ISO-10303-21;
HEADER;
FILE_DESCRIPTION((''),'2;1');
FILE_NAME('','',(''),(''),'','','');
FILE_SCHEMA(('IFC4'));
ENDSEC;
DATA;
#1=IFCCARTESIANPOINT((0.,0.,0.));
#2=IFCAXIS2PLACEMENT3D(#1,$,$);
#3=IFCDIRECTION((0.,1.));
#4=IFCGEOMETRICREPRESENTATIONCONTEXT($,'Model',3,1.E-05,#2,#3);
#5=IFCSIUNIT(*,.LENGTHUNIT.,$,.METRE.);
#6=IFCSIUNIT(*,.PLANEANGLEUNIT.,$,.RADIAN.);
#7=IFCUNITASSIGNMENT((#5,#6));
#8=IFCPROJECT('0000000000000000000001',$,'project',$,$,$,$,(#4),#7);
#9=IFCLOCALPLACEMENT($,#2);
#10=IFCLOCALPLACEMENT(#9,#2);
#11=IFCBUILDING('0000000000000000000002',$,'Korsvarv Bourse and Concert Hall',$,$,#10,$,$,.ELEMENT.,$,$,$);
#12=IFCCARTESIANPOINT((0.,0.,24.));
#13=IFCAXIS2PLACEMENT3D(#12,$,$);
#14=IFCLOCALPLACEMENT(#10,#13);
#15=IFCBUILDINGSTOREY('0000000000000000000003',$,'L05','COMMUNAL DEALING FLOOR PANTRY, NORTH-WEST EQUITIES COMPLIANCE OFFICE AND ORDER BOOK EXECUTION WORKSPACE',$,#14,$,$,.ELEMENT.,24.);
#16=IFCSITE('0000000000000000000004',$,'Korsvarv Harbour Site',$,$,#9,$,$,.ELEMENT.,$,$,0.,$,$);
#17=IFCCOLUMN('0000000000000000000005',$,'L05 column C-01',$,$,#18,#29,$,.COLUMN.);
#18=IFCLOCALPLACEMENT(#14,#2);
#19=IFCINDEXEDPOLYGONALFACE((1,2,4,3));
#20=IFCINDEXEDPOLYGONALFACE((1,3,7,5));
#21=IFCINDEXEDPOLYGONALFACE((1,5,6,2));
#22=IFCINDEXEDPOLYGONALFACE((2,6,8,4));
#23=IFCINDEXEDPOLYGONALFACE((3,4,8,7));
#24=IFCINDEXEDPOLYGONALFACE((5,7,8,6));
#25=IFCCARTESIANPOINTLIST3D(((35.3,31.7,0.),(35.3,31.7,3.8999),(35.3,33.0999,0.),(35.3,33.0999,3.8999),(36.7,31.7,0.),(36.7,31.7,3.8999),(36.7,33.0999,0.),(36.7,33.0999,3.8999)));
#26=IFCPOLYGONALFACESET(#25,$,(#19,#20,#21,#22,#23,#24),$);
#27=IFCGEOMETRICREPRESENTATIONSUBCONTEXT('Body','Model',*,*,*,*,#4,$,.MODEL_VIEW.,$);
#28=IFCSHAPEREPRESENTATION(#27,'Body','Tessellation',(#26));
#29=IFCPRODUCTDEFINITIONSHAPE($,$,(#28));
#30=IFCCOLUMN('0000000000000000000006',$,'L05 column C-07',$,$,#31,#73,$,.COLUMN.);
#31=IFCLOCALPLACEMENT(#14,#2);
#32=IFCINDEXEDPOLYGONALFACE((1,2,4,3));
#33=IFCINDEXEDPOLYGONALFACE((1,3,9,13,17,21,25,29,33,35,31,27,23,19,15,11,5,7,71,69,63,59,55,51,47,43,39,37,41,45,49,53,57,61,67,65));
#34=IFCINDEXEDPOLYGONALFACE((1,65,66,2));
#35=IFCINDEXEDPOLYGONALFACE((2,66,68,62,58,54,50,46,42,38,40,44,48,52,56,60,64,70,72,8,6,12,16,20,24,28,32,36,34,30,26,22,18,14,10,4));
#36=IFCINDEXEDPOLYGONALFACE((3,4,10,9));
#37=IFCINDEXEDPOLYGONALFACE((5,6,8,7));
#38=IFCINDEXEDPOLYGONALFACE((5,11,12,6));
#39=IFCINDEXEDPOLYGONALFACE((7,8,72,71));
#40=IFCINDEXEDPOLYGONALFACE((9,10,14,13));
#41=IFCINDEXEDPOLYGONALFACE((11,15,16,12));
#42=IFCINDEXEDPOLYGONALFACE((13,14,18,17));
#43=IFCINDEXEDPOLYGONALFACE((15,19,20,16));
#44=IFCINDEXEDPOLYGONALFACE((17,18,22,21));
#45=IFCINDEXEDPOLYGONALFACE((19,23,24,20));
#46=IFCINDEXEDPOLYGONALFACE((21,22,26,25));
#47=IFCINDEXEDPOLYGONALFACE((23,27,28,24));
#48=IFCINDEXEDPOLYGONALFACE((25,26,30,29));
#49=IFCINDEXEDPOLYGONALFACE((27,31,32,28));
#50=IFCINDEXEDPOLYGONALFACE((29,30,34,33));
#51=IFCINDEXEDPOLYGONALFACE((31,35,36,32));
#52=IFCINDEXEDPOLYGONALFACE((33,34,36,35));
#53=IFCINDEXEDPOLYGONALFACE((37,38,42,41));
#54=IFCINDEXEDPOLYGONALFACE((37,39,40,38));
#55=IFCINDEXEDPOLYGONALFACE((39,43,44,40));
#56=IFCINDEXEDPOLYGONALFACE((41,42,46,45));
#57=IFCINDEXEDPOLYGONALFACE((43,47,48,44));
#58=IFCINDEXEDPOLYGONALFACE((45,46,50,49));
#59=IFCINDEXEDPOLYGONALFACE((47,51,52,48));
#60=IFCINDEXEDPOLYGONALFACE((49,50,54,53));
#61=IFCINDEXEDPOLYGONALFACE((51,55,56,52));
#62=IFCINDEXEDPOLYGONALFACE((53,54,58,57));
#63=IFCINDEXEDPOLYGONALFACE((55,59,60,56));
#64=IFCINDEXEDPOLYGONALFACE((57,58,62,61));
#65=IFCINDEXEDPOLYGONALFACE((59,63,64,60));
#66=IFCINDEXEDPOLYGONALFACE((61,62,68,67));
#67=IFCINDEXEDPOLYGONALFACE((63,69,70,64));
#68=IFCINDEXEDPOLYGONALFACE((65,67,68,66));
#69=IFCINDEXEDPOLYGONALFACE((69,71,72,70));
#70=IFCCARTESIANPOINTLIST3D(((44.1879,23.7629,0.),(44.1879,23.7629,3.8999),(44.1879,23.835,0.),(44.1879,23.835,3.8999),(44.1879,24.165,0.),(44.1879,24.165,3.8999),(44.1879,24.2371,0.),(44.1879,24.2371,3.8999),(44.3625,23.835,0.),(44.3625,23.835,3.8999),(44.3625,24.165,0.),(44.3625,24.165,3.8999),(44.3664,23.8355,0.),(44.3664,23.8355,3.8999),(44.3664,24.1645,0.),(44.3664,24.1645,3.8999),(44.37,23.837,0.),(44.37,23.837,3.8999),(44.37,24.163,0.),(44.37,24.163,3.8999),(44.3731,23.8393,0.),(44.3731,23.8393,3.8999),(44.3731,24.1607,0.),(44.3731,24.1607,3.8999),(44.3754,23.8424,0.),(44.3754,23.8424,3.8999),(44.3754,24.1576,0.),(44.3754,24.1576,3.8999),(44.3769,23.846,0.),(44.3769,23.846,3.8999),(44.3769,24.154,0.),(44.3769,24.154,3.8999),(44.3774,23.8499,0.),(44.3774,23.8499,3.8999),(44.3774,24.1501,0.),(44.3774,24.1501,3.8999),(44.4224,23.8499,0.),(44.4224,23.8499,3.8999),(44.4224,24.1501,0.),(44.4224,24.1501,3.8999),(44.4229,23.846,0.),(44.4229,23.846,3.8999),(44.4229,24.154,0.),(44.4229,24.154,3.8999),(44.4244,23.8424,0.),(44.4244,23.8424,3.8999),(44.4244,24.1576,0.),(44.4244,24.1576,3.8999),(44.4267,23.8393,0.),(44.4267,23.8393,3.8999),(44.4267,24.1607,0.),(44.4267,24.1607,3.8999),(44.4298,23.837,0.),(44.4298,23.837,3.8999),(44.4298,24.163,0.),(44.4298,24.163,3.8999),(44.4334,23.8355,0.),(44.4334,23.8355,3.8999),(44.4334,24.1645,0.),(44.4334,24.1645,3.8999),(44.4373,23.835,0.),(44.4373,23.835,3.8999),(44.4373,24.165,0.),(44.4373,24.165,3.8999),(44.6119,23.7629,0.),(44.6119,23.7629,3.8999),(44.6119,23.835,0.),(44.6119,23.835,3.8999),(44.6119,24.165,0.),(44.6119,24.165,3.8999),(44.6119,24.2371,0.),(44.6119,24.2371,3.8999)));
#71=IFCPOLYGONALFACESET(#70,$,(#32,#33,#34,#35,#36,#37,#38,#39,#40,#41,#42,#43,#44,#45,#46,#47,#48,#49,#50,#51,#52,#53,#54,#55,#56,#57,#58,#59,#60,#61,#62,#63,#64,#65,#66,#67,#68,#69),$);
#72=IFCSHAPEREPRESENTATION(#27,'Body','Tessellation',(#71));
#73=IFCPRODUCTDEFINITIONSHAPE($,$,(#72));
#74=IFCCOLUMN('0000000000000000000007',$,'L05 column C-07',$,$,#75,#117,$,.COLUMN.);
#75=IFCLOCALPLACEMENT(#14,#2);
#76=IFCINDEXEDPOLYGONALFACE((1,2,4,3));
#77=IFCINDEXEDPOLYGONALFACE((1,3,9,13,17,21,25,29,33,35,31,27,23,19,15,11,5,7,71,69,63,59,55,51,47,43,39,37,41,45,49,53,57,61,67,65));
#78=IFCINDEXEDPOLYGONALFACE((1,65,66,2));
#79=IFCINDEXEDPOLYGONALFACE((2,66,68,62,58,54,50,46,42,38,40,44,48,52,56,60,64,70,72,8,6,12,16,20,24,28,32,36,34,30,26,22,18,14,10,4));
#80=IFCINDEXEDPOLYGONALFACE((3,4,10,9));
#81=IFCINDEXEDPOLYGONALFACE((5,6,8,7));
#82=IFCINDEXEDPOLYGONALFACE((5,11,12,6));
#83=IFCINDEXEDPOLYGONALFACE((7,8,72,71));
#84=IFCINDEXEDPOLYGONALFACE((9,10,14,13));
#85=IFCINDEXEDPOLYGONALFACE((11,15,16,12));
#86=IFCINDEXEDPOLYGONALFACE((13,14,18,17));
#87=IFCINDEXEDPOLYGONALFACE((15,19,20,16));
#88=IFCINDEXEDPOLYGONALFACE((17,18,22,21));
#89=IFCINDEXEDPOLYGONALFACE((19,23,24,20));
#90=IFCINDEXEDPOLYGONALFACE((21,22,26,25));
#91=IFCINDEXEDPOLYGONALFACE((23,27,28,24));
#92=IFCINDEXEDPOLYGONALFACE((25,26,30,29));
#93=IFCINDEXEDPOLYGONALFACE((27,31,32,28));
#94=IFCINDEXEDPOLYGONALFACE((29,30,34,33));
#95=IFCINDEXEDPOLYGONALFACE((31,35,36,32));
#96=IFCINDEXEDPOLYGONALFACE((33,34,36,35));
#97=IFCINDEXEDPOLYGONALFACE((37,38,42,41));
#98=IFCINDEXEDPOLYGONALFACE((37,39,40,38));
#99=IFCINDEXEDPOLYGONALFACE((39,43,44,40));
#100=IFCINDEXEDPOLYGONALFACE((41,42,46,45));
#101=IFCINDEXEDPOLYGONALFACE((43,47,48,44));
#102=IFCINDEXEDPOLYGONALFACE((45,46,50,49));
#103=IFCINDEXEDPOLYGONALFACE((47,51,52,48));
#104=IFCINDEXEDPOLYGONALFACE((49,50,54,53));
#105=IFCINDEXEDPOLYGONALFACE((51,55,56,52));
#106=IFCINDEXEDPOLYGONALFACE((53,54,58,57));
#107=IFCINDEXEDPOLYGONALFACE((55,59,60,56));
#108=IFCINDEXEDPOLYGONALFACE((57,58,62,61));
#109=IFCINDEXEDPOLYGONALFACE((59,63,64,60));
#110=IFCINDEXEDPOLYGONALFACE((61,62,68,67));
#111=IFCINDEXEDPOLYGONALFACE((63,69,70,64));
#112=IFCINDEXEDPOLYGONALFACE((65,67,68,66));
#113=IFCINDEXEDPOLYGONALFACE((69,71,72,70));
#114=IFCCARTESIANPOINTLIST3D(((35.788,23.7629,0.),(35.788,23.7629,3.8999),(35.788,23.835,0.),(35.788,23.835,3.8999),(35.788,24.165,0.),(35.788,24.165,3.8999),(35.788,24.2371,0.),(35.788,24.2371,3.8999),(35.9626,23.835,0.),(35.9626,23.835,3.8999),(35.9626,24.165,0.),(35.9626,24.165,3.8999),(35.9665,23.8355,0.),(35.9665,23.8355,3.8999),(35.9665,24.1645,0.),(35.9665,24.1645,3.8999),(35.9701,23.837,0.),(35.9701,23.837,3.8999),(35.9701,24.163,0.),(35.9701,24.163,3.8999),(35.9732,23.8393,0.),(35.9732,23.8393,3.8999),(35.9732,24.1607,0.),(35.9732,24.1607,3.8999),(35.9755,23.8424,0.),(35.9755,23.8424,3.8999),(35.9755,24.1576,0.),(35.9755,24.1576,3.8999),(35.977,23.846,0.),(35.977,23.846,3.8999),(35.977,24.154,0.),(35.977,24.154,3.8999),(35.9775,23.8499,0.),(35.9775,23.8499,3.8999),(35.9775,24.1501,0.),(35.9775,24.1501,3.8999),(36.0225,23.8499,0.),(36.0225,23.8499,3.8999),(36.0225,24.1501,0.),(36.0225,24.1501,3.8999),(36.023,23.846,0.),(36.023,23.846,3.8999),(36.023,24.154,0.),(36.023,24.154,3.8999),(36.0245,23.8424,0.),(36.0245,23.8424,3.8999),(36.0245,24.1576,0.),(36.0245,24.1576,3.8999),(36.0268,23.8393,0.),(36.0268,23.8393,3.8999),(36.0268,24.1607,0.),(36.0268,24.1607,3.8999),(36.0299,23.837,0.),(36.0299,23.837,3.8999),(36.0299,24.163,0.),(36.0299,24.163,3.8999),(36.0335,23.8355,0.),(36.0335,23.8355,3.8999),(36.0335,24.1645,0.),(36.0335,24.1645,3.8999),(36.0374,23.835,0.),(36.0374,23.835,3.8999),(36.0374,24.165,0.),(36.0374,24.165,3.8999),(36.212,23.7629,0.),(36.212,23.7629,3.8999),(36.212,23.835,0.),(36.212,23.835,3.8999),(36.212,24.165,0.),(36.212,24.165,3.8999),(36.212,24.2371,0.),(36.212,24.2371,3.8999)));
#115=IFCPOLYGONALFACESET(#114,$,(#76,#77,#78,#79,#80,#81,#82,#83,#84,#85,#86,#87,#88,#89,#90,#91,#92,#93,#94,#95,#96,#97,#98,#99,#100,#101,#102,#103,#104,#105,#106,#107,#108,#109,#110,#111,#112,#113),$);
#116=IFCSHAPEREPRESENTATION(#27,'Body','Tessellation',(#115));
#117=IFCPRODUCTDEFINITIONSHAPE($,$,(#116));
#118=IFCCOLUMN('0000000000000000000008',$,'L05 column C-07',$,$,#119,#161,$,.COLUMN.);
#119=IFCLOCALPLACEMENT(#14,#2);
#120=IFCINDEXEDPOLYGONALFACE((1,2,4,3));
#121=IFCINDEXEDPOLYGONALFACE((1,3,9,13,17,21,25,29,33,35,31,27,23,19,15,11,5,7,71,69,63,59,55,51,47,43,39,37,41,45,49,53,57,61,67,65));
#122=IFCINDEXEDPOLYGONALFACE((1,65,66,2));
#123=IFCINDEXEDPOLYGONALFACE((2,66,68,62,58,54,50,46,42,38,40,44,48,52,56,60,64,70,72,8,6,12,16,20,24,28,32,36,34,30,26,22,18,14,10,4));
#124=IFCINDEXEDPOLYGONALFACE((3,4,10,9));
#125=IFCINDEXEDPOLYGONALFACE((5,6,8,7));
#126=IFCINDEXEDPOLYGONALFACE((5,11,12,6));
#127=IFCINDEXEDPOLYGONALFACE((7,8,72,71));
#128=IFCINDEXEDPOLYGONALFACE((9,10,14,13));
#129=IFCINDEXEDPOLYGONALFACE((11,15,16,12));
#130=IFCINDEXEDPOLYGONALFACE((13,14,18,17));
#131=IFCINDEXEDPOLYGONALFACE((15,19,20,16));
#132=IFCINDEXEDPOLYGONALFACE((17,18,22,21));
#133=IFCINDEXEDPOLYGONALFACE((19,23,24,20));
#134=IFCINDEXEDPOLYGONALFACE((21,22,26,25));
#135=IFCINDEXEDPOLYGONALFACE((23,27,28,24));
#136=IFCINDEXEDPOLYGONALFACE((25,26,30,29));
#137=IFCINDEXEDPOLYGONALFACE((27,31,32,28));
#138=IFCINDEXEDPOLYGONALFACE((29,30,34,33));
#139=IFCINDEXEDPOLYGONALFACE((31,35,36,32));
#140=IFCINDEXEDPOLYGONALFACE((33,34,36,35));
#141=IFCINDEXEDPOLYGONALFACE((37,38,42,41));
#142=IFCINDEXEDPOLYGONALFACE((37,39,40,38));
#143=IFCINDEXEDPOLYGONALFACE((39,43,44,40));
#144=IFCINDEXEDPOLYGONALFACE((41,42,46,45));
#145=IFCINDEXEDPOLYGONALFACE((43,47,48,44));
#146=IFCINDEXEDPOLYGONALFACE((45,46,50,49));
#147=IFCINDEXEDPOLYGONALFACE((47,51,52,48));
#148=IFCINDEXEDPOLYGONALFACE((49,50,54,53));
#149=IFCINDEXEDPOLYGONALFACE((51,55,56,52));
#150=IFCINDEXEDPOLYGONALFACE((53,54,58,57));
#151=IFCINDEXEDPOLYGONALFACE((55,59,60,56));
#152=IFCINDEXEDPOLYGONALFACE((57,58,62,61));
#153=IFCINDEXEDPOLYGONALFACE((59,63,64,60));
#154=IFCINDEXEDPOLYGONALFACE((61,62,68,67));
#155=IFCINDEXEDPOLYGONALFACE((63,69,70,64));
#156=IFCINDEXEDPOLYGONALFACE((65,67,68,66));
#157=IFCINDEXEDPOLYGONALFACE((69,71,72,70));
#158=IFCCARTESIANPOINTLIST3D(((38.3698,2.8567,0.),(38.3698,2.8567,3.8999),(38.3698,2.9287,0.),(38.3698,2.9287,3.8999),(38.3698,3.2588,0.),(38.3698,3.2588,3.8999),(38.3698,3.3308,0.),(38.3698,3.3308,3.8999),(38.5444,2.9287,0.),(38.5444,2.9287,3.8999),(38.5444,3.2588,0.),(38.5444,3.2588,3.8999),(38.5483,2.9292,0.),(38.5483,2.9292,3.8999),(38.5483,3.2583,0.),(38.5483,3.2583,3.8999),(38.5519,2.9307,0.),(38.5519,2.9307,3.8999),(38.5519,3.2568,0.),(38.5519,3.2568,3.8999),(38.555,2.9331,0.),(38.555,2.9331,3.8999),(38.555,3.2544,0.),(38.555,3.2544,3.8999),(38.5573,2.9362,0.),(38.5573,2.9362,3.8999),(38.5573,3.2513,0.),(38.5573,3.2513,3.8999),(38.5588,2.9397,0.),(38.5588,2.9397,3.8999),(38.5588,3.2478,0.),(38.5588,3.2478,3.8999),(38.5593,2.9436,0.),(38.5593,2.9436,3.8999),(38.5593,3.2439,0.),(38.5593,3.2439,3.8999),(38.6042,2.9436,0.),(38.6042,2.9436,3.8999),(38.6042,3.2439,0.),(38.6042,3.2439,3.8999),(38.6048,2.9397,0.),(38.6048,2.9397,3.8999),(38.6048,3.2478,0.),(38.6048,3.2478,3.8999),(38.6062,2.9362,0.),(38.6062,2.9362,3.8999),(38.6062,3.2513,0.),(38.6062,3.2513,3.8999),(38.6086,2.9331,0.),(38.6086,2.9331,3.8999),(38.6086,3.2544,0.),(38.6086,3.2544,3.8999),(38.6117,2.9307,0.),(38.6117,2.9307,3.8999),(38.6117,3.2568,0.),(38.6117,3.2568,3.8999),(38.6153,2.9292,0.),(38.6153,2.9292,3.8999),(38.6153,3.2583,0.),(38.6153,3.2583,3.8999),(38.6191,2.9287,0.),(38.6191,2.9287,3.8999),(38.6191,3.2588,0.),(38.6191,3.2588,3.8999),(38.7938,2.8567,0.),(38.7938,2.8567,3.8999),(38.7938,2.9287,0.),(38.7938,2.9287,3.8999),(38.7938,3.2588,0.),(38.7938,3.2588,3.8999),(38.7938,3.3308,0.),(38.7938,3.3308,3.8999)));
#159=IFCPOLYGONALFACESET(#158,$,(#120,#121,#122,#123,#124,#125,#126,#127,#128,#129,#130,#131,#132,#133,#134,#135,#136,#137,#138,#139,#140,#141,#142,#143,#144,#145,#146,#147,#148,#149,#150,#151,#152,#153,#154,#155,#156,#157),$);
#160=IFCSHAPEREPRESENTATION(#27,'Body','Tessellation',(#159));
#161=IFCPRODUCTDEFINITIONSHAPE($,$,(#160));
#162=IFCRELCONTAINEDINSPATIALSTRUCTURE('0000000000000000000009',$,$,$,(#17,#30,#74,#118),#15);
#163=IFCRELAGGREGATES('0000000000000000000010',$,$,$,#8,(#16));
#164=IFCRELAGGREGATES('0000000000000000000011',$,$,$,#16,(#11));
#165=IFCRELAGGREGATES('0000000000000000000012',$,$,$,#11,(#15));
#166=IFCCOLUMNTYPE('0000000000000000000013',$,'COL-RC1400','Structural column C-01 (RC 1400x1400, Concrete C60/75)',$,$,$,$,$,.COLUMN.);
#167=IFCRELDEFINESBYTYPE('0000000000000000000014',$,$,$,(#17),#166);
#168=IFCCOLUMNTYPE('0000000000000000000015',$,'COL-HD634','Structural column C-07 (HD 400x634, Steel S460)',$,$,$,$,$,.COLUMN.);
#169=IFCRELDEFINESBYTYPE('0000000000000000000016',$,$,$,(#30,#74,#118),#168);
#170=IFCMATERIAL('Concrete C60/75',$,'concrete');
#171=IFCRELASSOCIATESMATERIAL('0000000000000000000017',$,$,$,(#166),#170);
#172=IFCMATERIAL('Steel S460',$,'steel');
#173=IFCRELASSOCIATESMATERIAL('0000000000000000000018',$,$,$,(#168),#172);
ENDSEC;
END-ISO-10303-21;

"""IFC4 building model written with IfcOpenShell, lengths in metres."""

from ifc_helpers import new_model, si_unit, direction, frame, origin, origin_2d, place, context, subcontext, project, spatial, rectangle, i_section, extrude, source, transform, mapped, material, material_profile, profile_set, type_object, element, save


model = new_model("IFC4")

# Units and contexts
model_context = context("Model", 3, precision=1e-05, world=origin(), true_north=direction((0.0, 1.0)))
body_context = subcontext(model_context, "Body", "Model", "MODEL_VIEW")
ifc_project = project(units=[si_unit("LENGTHUNIT", "METRE"), si_unit("PLANEANGLEUNIT", "RADIAN")], contexts=[model_context])

# Site, building, storey
site_placement = place(None, origin())
site = spatial("IfcSite", under=ifc_project, at=site_placement, Name="Korsvarv Harbour Site", CompositionType="ELEMENT", RefElevation=0.0)
building_placement = place(site_placement, origin())
building = spatial("IfcBuilding", under=site, at=building_placement, Name="Korsvarv Bourse and Concert Hall", CompositionType="ELEMENT")
storey_placement = place(building_placement, frame((0.0, 0.0, 24.0)))
storey = spatial("IfcBuildingStorey", under=building, at=storey_placement, Name="L05", Description="COMMUNAL DEALING FLOOR PANTRY, NORTH-WEST EQUITIES COMPLIANCE OFFICE AND ORDER BOOK EXECUTION WORKSPACE", CompositionType="ELEMENT", Elevation=24.0)

# Columns
ifc_material_1 = material(Name="Concrete C60/75", Category="concrete")
ifc_material_profile_1 = material_profile(ifc_material_1, rectangle(XDim=1.3999, YDim=1.3999, at=origin_2d()), Name="RC 1400x1400")
ifc_profile_set_1 = profile_set([ifc_material_profile_1], Name="Concrete C60/75")
column_type_1 = type_object("IfcColumnType", Name="COL-RC1400", Description="Structural column C-01 (RC 1400x1400, Concrete C60/75)", PredefinedType="COLUMN", material=ifc_profile_set_1)
shared_shape_1 = source(origin(), body_context, "Body", "SweptSolid", [
    extrude(rectangle(XDim=1.3999, YDim=1.3999, at=origin_2d()), origin(), (0.0, 0.0, 1.0), 3.8999),
])
column_placement = place(storey_placement, frame((36.0, 32.3999, 0.0), z_axis=(0.0, 0.0, 1.0), x_axis=(1.0, 0.0, 0.0)))
element("IfcColumn", 1, at=column_placement, inside=storey, type_object=column_type_1, Name="L05 column C-01", PredefinedType="COLUMN", context=body_context, shape_type="MappedRepresentation", body=[
    mapped(shared_shape_1, transform((0.0, 0.0, 0.0), scale=1.0)),
])
ifc_material_2 = material(Name="Steel S460", Category="steel")
ifc_material_profile_2 = material_profile(ifc_material_2, i_section(OverallWidth=0.4241, OverallDepth=0.4741, WebThickness=0.0449, FlangeThickness=0.072, FilletRadius=0.0149, at=origin_2d()), Name="HD 400x634")
ifc_profile_set_2 = profile_set([ifc_material_profile_2], Name="Steel S460")
column_type_2 = type_object("IfcColumnType", Name="COL-HD634", Description="Structural column C-07 (HD 400x634, Steel S460)", PredefinedType="COLUMN", material=ifc_profile_set_2)
shared_shape_2 = source(origin(), body_context, "Body", "SweptSolid", [
    extrude(i_section(OverallWidth=0.4241, OverallDepth=0.4741, WebThickness=0.0449, FlangeThickness=0.072, FilletRadius=0.0149, at=origin_2d()), origin(), (0.0, 0.0, 1.0), 3.8999),
])
for number, where, z_axis, x_axis, name in (
    (2, (44.3999, 24.0, 0.0), (0.0, 0.0, 1.0), (1.0, 0.0, 0.0), "L05 column C-07"),
    (3, (36.0, 24.0, 0.0), (0.0, 0.0, 1.0), (1.0, 0.0, 0.0), "L05 column C-07"),
    (4, (38.5818, 3.0938, 0.0), (0.0, 0.0, 1.0), (1.0, 0.0, 0.0), "L05 column C-07"),
):
    element("IfcColumn", number, at=place(storey_placement, frame(where, z_axis=z_axis, x_axis=x_axis)), inside=storey, type_object=column_type_2, Name=name, PredefinedType="COLUMN", context=body_context, shape_type="MappedRepresentation", body=[
        mapped(shared_shape_2, transform((0.0, 0.0, 0.0), scale=1.0)),
    ])

save(model, "model.ifc")
